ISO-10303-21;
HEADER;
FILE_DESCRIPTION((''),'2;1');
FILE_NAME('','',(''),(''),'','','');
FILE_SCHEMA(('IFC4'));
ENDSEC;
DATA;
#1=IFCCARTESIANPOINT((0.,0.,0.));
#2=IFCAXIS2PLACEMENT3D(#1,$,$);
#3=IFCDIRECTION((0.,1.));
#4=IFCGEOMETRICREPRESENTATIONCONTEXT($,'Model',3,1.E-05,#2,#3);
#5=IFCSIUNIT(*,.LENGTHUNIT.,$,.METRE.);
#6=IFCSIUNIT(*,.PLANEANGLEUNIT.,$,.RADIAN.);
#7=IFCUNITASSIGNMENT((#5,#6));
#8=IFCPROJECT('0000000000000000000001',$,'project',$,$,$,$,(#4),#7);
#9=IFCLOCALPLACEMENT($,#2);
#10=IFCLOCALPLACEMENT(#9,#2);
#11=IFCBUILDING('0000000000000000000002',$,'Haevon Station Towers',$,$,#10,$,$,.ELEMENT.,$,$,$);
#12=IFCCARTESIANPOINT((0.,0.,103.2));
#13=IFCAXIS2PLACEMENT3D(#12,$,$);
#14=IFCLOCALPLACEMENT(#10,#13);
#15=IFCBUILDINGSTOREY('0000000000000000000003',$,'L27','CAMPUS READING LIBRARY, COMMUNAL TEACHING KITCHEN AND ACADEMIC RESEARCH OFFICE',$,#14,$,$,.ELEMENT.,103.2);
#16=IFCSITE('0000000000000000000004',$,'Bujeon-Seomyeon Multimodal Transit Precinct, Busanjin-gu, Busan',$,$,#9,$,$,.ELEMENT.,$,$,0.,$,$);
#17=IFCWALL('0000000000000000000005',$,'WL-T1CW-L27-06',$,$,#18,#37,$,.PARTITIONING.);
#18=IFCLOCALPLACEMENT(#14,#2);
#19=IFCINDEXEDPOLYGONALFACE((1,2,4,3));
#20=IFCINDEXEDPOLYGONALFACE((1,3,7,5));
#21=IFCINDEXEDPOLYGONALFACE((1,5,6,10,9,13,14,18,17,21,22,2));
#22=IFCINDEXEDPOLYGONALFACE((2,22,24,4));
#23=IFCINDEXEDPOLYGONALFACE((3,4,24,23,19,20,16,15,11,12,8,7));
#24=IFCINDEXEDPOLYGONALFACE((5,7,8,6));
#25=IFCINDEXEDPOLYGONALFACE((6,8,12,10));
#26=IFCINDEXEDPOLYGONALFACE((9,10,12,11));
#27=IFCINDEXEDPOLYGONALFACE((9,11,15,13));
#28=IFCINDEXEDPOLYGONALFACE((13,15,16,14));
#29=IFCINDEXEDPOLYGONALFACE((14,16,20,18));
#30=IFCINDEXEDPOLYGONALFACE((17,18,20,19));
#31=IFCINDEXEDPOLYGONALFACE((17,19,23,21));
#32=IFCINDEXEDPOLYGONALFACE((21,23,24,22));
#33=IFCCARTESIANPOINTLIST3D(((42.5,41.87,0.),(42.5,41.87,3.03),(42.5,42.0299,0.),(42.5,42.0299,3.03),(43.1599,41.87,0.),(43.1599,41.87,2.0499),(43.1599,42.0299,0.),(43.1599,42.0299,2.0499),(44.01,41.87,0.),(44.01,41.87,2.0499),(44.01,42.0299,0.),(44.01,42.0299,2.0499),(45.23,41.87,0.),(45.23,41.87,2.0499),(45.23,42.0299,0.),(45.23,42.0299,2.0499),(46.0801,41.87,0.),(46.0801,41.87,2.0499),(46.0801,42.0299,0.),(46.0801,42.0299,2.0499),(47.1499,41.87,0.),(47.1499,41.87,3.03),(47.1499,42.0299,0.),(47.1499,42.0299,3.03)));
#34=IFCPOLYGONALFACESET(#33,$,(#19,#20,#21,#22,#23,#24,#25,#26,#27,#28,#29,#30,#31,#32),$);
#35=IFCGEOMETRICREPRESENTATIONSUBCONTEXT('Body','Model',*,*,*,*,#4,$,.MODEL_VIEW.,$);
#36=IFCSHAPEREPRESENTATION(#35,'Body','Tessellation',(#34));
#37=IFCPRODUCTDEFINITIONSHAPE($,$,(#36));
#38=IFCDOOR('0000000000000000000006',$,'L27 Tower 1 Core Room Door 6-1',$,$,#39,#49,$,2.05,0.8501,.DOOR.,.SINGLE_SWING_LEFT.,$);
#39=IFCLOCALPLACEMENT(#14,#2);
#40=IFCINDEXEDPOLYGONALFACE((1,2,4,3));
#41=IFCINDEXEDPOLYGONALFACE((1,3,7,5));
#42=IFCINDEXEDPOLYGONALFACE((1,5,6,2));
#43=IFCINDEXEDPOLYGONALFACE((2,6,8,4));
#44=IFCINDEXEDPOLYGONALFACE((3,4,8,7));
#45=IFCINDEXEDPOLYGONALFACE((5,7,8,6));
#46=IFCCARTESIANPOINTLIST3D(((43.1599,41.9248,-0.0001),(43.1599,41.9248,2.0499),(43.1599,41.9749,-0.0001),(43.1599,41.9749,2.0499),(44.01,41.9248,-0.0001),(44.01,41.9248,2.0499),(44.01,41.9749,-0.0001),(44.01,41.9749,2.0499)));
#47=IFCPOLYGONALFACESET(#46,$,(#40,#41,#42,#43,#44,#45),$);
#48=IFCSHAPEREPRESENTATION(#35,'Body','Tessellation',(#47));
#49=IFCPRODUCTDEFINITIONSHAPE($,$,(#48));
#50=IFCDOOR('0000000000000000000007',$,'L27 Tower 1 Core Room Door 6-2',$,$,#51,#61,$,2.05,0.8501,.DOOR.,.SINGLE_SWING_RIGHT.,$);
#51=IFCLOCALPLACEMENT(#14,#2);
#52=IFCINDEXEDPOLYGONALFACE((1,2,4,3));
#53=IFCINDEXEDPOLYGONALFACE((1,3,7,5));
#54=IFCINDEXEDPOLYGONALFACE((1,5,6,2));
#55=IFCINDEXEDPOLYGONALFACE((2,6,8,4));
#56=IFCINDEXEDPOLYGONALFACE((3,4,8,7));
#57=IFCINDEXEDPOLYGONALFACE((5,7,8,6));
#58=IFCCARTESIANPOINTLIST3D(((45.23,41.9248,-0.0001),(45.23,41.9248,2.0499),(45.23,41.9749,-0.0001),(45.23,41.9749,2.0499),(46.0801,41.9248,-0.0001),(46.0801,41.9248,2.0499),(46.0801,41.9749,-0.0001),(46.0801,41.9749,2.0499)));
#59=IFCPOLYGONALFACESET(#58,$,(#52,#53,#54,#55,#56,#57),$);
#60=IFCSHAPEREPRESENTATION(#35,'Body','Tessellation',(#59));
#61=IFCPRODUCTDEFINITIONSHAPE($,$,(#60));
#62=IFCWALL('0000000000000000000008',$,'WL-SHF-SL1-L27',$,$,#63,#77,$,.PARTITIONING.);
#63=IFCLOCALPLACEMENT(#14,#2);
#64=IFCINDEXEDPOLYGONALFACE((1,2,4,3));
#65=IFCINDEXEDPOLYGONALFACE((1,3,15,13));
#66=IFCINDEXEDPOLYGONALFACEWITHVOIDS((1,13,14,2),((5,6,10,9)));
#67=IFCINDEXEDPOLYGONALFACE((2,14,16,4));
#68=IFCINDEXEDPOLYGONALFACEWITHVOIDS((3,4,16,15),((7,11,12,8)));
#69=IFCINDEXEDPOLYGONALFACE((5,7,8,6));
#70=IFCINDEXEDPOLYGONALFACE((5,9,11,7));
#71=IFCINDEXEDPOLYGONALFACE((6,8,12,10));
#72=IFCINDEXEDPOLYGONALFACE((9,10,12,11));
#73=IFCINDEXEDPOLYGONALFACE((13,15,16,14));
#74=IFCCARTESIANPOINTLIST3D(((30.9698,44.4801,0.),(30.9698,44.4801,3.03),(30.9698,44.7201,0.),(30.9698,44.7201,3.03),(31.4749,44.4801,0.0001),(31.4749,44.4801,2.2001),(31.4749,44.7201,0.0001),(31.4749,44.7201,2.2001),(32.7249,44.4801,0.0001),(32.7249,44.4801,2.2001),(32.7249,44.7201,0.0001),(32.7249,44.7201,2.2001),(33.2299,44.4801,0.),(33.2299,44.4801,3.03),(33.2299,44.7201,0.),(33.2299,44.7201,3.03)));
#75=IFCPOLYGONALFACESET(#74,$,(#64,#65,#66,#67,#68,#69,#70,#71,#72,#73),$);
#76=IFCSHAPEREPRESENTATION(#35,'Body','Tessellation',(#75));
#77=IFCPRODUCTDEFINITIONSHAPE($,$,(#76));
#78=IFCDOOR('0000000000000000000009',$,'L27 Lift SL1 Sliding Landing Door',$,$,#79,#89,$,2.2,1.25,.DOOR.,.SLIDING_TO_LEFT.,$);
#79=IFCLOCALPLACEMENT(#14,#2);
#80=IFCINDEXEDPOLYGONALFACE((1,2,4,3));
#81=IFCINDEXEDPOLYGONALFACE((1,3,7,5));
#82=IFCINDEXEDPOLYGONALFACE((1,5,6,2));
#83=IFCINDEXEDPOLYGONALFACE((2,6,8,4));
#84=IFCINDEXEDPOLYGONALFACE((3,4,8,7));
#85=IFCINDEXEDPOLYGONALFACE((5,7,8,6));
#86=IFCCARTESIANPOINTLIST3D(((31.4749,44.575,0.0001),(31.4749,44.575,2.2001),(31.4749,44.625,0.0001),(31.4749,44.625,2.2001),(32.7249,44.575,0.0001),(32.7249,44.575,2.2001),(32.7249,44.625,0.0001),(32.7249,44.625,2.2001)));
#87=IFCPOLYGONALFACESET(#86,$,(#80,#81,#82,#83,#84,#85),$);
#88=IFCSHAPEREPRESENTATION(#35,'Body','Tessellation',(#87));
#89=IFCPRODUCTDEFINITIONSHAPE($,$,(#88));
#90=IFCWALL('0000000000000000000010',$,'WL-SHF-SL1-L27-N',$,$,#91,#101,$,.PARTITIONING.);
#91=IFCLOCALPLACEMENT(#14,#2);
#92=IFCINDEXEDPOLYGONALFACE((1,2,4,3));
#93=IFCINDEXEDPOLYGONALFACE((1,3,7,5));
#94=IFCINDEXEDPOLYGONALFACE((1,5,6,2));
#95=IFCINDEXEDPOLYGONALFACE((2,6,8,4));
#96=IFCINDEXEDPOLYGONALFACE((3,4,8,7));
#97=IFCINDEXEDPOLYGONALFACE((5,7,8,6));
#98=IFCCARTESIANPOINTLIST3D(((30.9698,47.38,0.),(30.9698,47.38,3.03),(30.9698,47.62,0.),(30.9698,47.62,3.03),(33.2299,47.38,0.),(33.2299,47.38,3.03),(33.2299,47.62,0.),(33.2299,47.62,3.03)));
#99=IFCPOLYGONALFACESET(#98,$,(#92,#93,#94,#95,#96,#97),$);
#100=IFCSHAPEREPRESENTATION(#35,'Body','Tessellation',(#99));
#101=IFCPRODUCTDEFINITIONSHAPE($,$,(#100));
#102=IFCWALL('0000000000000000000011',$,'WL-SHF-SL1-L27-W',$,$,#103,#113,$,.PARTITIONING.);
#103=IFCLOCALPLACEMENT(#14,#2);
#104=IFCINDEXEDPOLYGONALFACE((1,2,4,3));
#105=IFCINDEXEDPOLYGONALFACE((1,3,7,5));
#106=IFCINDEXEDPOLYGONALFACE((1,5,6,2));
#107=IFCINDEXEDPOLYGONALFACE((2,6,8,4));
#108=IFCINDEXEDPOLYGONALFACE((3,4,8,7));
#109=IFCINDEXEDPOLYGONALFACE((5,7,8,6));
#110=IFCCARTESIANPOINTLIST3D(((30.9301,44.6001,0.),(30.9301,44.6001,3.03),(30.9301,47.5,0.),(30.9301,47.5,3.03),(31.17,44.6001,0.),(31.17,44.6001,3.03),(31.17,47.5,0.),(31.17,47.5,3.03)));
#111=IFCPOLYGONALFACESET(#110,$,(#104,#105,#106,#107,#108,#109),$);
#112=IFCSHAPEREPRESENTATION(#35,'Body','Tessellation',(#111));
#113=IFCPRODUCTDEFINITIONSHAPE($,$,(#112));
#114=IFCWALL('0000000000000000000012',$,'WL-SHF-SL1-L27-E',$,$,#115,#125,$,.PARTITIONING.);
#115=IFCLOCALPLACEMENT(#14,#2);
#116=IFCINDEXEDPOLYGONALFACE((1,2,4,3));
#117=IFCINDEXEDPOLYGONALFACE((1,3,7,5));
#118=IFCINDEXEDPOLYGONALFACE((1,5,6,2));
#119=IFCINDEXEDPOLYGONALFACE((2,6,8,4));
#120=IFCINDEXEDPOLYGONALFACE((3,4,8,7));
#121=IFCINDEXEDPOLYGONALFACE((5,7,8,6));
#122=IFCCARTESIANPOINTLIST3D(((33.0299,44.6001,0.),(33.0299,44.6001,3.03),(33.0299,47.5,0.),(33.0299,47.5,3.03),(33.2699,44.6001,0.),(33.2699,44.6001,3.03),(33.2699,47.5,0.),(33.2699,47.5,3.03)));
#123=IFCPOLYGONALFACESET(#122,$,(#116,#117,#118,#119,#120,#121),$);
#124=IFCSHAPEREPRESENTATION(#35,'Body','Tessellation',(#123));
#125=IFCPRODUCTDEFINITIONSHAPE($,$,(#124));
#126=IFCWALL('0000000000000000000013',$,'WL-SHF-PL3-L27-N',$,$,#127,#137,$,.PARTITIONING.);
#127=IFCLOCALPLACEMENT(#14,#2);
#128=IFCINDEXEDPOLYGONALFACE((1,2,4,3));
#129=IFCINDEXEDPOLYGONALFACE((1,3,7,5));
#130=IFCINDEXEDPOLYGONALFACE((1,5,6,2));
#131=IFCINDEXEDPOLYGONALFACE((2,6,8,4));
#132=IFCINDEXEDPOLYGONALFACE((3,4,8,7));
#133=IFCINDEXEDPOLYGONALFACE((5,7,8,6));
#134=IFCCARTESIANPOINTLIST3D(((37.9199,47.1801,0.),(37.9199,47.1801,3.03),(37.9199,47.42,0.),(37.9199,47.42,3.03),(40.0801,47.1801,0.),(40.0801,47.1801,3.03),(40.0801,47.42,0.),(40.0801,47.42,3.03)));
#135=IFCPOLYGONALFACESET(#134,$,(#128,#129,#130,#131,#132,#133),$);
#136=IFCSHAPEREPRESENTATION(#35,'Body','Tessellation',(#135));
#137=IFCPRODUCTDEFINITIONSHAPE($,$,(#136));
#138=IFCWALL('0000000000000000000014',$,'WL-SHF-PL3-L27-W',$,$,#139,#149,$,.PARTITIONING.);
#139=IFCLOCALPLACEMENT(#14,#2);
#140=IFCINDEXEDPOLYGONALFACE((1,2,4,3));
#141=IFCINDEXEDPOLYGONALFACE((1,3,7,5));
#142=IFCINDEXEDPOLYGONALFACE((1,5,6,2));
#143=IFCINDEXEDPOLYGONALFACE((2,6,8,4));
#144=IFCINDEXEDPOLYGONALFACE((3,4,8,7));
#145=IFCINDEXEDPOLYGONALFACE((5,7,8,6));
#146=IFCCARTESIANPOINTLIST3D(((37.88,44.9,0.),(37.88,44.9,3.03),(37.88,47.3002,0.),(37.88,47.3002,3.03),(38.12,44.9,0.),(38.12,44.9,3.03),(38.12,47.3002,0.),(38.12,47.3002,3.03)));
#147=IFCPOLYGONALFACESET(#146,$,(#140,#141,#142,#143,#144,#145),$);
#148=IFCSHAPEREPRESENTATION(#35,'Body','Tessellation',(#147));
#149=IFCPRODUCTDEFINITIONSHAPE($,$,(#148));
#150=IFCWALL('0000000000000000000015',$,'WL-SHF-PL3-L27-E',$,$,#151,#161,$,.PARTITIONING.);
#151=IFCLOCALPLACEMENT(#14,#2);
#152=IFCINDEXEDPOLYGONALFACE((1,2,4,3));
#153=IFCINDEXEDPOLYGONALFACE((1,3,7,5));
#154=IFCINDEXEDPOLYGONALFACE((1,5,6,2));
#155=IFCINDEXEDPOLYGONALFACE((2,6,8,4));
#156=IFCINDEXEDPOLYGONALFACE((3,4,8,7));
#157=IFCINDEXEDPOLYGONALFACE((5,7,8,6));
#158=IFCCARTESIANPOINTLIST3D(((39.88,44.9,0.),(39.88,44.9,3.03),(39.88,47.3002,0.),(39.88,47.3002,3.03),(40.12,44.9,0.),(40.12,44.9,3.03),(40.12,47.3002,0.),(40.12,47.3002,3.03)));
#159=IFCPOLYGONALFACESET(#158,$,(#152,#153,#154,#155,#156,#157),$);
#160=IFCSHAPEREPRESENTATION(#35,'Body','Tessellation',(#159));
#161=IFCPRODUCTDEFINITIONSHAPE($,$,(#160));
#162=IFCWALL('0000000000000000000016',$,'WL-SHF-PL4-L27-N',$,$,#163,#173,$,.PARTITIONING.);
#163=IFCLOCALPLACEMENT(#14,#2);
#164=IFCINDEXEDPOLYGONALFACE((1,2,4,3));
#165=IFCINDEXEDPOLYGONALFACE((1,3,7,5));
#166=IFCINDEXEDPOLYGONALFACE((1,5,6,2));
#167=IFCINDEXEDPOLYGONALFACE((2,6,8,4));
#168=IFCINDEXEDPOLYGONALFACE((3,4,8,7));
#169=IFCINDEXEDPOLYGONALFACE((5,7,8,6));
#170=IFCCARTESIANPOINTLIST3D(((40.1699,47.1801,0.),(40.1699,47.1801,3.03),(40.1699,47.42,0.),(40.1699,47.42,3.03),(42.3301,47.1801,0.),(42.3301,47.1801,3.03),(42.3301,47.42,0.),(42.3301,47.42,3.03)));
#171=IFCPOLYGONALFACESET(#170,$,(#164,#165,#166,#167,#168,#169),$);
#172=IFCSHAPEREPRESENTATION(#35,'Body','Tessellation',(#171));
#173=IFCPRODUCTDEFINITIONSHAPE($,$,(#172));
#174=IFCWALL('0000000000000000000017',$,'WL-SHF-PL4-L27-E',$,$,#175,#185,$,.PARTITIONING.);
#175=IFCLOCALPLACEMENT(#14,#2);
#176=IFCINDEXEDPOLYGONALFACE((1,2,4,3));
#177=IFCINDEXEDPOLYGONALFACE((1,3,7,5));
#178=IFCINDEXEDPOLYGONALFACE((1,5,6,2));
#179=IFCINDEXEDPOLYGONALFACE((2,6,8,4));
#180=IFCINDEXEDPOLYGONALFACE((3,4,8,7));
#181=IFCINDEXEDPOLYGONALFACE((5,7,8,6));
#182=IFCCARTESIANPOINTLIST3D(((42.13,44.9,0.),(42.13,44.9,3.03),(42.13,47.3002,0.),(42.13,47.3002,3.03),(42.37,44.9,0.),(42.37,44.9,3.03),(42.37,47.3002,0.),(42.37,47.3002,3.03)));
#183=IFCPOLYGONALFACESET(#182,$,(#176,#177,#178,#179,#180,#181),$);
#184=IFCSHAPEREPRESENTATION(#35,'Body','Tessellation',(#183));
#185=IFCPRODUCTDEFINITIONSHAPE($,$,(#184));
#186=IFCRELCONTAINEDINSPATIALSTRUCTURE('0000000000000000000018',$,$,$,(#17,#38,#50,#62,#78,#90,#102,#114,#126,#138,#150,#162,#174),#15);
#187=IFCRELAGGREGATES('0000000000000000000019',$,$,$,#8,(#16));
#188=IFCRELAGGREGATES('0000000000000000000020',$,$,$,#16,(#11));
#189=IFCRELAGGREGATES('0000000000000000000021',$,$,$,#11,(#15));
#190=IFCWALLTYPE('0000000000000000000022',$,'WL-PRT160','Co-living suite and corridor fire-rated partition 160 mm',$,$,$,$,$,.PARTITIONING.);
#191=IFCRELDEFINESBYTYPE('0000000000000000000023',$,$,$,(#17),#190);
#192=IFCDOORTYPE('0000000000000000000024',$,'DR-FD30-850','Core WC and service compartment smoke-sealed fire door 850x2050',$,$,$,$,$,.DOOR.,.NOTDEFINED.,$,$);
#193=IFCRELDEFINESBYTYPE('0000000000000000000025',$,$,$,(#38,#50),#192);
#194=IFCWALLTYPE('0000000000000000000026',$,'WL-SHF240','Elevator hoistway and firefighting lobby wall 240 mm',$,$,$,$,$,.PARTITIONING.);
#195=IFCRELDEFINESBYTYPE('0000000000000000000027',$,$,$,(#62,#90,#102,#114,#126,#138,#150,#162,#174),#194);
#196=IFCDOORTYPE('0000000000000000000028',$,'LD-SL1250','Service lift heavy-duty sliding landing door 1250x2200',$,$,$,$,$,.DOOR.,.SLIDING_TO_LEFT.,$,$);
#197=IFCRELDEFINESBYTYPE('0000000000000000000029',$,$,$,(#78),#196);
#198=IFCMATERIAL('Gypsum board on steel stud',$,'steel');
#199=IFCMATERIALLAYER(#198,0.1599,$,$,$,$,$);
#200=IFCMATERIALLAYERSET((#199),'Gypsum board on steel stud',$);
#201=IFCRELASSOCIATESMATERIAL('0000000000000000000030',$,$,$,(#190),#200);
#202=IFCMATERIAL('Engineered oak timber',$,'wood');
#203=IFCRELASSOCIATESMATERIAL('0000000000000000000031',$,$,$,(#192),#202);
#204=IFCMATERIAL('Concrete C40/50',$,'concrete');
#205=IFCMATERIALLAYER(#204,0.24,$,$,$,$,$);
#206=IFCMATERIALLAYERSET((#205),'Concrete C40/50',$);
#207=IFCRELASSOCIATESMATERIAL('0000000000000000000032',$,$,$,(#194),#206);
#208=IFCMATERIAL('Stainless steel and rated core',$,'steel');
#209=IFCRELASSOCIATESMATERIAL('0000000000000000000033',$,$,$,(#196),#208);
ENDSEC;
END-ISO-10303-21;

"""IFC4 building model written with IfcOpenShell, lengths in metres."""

from ifc_helpers import new_model, si_unit, direction, frame, frame_2d, origin, place, context, subcontext, project, spatial, rectangle, extrude, material, layer, layer_set, type_object, element, fill, save


model = new_model("IFC4")

# Units and contexts
model_context = context("Model", 3, precision=1e-05, world=origin(), true_north=direction((0.0, 1.0)))
body_context = subcontext(model_context, "Body", "Model", "MODEL_VIEW")
ifc_project = project(units=[si_unit("LENGTHUNIT", "METRE"), si_unit("PLANEANGLEUNIT", "RADIAN")], contexts=[model_context])

# Site, building, storey
site_placement = place(None, origin())
site = spatial("IfcSite", under=ifc_project, at=site_placement, Name="Bujeon-Seomyeon Multimodal Transit Precinct, Busanjin-gu, Busan", CompositionType="ELEMENT", RefElevation=0.0)
building_placement = place(site_placement, origin())
building = spatial("IfcBuilding", under=site, at=building_placement, Name="Haevon Station Towers", CompositionType="ELEMENT")
storey_placement = place(building_placement, frame((0.0, 0.0, 103.2)))
storey = spatial("IfcBuildingStorey", under=building, at=storey_placement, Name="L27", Description="CAMPUS READING LIBRARY, COMMUNAL TEACHING KITCHEN AND ACADEMIC RESEARCH OFFICE", CompositionType="ELEMENT", Elevation=103.2)

# Shared definitions
ifc_material_1 = material(Name="Gypsum board on steel stud", Category="steel")
ifc_layer_1 = layer(ifc_material_1, 0.1599)
ifc_layer_set_1 = layer_set([ifc_layer_1], Name="Gypsum board on steel stud")
wall_type_1 = type_object("IfcWallType", Name="WL-PRT160", Description="Co-living suite and corridor fire-rated partition 160 mm", PredefinedType="PARTITIONING", material=ifc_layer_set_1)
ifc_material_2 = material(Name="Engineered oak timber", Category="wood")

# Wall, openings, doors
wall_1_placement = place(storey_placement, frame((42.5, 41.95, 0.0), z_axis=(0.0, 0.0, 1.0), x_axis=(1.0, 0.0, 0.0)))
wall_1 = element("IfcWall", 1, at=wall_1_placement, inside=storey, type_object=wall_type_1, Name="WL-T1CW-L27-06", PredefinedType="PARTITIONING", context=body_context, shape_type="SweptSolid", body=[
    extrude(rectangle(XDim=4.6499, YDim=0.1599, at=frame_2d((2.325, 0.0))), origin(), (0.0, 0.0, 1.0), 3.03),
])
opening_1_placement = place(wall_1_placement, frame((0.6599, 0.0, 0.0)))
opening_1 = element("IfcOpeningElement", 2, at=opening_1_placement, cuts=wall_1, PredefinedType="OPENING", context=body_context, shape_type="SweptSolid", body=[
    extrude(rectangle(XDim=0.8501, YDim=2.05, at=frame_2d((0.425, 1.0249))), frame((0.0, 0.0898, 0.0), z_axis=(0.0, -1.0, 0.0), x_axis=(1.0, 0.0, 0.0)), (0.0, 0.0, 1.0), 0.1799),
])
opening_2_placement = place(wall_1_placement, frame((2.73, 0.0, 0.0)))
opening_2 = element("IfcOpeningElement", 3, at=opening_2_placement, cuts=wall_1, PredefinedType="OPENING", context=body_context, shape_type="SweptSolid", body=[
    extrude(rectangle(XDim=0.8501, YDim=2.05, at=frame_2d((0.425, 1.0249))), frame((0.0, 0.0898, 0.0), z_axis=(0.0, -1.0, 0.0), x_axis=(1.0, 0.0, 0.0)), (0.0, 0.0, 1.0), 0.1799),
])
door_type_1 = type_object("IfcDoorType", Name="DR-FD30-850", Description="Core WC and service compartment smoke-sealed fire door 850x2050", OperationType="NOTDEFINED", PredefinedType="DOOR", material=ifc_material_2)
door_1_placement = place(opening_1_placement, origin())
door_1 = element("IfcDoor", 4, at=door_1_placement, inside=storey, type_object=door_type_1, Name="L27 Tower 1 Core Room Door 6-1", OperationType="SINGLE_SWING_LEFT", OverallHeight=2.05, OverallWidth=0.8501, PredefinedType="DOOR", context=body_context, shape_type="SweptSolid", body=[
    extrude(rectangle(XDim=0.8501, YDim=2.05, at=frame_2d((0.425, 1.0249))), frame((0.0, 0.0249, 0.0), z_axis=(0.0, -1.0, 0.0), x_axis=(1.0, 0.0, 0.0)), (0.0, 0.0, 1.0), 0.05),
])
fill(opening_1, door_1)
door_2_placement = place(opening_2_placement, origin())
door_2 = element("IfcDoor", 5, at=door_2_placement, inside=storey, type_object=door_type_1, Name="L27 Tower 1 Core Room Door 6-2", OperationType="SINGLE_SWING_RIGHT", OverallHeight=2.05, OverallWidth=0.8501, PredefinedType="DOOR", context=body_context, shape_type="SweptSolid", body=[
    extrude(rectangle(XDim=0.8501, YDim=2.05, at=frame_2d((0.425, 1.0249))), frame((0.0, 0.0249, 0.0), z_axis=(0.0, -1.0, 0.0), x_axis=(1.0, 0.0, 0.0)), (0.0, 0.0, 1.0), 0.05),
])
fill(opening_2, door_2)

# Wall, opening, door
ifc_material_3 = material(Name="Concrete C40/50", Category="concrete")
ifc_layer_2 = layer(ifc_material_3, 0.24)
ifc_layer_set_2 = layer_set([ifc_layer_2], Name="Concrete C40/50")
wall_type_2 = type_object("IfcWallType", Name="WL-SHF240", Description="Elevator hoistway and firefighting lobby wall 240 mm", PredefinedType="PARTITIONING", material=ifc_layer_set_2)
wall_2_placement = place(storey_placement, frame((30.97, 44.6001, 0.0), z_axis=(0.0, 0.0, 1.0), x_axis=(1.0, 0.0, 0.0)))
wall_2 = element("IfcWall", 6, at=wall_2_placement, inside=storey, type_object=wall_type_2, Name="WL-SHF-SL1-L27", PredefinedType="PARTITIONING", context=body_context, shape_type="SweptSolid", body=[
    extrude(rectangle(XDim=2.26, YDim=0.24, at=frame_2d((1.1299, 0.0))), origin(), (0.0, 0.0, 1.0), 3.03),
])
opening_3_placement = place(wall_2_placement, frame((0.5049, 0.0, 0.0)))
opening_3 = element("IfcOpeningElement", 7, at=opening_3_placement, cuts=wall_2, PredefinedType="OPENING", context=body_context, shape_type="SweptSolid", body=[
    extrude(rectangle(XDim=1.25, YDim=2.2, at=frame_2d((0.625, 1.1001))), frame((0.0, 0.1299, 0.0), z_axis=(0.0, -1.0, 0.0), x_axis=(1.0, 0.0, 0.0)), (0.0, 0.0, 1.0), 0.26),
])
ifc_material_4 = material(Name="Stainless steel and rated core", Category="steel")
door_type_2 = type_object("IfcDoorType", Name="LD-SL1250", Description="Service lift heavy-duty sliding landing door 1250x2200", OperationType="SLIDING_TO_LEFT", PredefinedType="DOOR", material=ifc_material_4)
door_3_placement = place(opening_3_placement, origin())
door_3 = element("IfcDoor", 8, at=door_3_placement, inside=storey, type_object=door_type_2, Name="L27 Lift SL1 Sliding Landing Door", OperationType="SLIDING_TO_LEFT", OverallHeight=2.2, OverallWidth=1.25, PredefinedType="DOOR", context=body_context, shape_type="SweptSolid", body=[
    extrude(rectangle(XDim=1.25, YDim=2.2, at=frame_2d((0.625, 1.1001))), frame((0.0, 0.0249, 0.0), z_axis=(0.0, -1.0, 0.0), x_axis=(1.0, 0.0, 0.0)), (0.0, 0.0, 1.0), 0.05),
])
fill(opening_3, door_3)

# Walls
wall_3_placement = place(storey_placement, frame((30.97, 47.5, 0.0), z_axis=(0.0, 0.0, 1.0), x_axis=(1.0, 0.0, 0.0)))
element("IfcWall", 9, at=wall_3_placement, inside=storey, type_object=wall_type_2, Name="WL-SHF-SL1-L27-N", PredefinedType="PARTITIONING", context=body_context, shape_type="SweptSolid", body=[
    extrude(rectangle(XDim=2.26, YDim=0.24, at=frame_2d((1.1299, 0.0))), origin(), (0.0, 0.0, 1.0), 3.03),
])
for number, where, z_axis, x_axis, name in (
    (10, (31.05, 44.6001, 0.0), (0.0, 0.0, 1.0), (0.0, 1.0, 0.0), "WL-SHF-SL1-L27-W"),
    (11, (33.1499, 44.6001, 0.0), (0.0, 0.0, 1.0), (0.0, 1.0, 0.0), "WL-SHF-SL1-L27-E"),
):
    element("IfcWall", number, at=place(storey_placement, frame(where, z_axis=z_axis, x_axis=x_axis)), inside=storey, type_object=wall_type_2, Name=name, PredefinedType="PARTITIONING", context=body_context, shape_type="SweptSolid", body=[
        extrude(rectangle(XDim=2.8999, YDim=0.24, at=frame_2d((1.45, 0.0))), origin(), (0.0, 0.0, 1.0), 3.03),
    ])

# Walls
wall_4_placement = place(storey_placement, frame((37.9199, 47.3, 0.0), z_axis=(0.0, 0.0, 1.0), x_axis=(1.0, 0.0, 0.0)))
element("IfcWall", 12, at=wall_4_placement, inside=storey, type_object=wall_type_2, Name="WL-SHF-PL3-L27-N", PredefinedType="PARTITIONING", context=body_context, shape_type="SweptSolid", body=[
    extrude(rectangle(XDim=2.1602, YDim=0.24, at=frame_2d((1.0801, 0.0))), origin(), (0.0, 0.0, 1.0), 3.03),
])
for number, where, z_axis, x_axis, name in (
    (13, (38.0, 44.8999, 0.0), (0.0, 0.0, 1.0), (0.0, 1.0, 0.0), "WL-SHF-PL3-L27-W"),
    (14, (40.0, 44.8999, 0.0), (0.0, 0.0, 1.0), (0.0, 1.0, 0.0), "WL-SHF-PL3-L27-E"),
):
    element("IfcWall", number, at=place(storey_placement, frame(where, z_axis=z_axis, x_axis=x_axis)), inside=storey, type_object=wall_type_2, Name=name, PredefinedType="PARTITIONING", context=body_context, shape_type="SweptSolid", body=[
        extrude(rectangle(XDim=2.4001, YDim=0.24, at=frame_2d((1.2002, 0.0))), origin(), (0.0, 0.0, 1.0), 3.03),
    ])

# Walls
wall_5_placement = place(storey_placement, frame((40.1699, 47.3, 0.0), z_axis=(0.0, 0.0, 1.0), x_axis=(1.0, 0.0, 0.0)))
element("IfcWall", 15, at=wall_5_placement, inside=storey, type_object=wall_type_2, Name="WL-SHF-PL4-L27-N", PredefinedType="PARTITIONING", context=body_context, shape_type="SweptSolid", body=[
    extrude(rectangle(XDim=2.1602, YDim=0.24, at=frame_2d((1.0801, 0.0))), origin(), (0.0, 0.0, 1.0), 3.03),
])
wall_6_placement = place(storey_placement, frame((42.25, 44.8999, 0.0), z_axis=(0.0, 0.0, 1.0), x_axis=(0.0, 1.0, 0.0)))
element("IfcWall", 16, at=wall_6_placement, inside=storey, type_object=wall_type_2, Name="WL-SHF-PL4-L27-E", PredefinedType="PARTITIONING", context=body_context, shape_type="SweptSolid", body=[
    extrude(rectangle(XDim=2.4001, YDim=0.24, at=frame_2d((1.2002, 0.0))), origin(), (0.0, 0.0, 1.0), 3.03),
])

save(model, "model.ifc")
